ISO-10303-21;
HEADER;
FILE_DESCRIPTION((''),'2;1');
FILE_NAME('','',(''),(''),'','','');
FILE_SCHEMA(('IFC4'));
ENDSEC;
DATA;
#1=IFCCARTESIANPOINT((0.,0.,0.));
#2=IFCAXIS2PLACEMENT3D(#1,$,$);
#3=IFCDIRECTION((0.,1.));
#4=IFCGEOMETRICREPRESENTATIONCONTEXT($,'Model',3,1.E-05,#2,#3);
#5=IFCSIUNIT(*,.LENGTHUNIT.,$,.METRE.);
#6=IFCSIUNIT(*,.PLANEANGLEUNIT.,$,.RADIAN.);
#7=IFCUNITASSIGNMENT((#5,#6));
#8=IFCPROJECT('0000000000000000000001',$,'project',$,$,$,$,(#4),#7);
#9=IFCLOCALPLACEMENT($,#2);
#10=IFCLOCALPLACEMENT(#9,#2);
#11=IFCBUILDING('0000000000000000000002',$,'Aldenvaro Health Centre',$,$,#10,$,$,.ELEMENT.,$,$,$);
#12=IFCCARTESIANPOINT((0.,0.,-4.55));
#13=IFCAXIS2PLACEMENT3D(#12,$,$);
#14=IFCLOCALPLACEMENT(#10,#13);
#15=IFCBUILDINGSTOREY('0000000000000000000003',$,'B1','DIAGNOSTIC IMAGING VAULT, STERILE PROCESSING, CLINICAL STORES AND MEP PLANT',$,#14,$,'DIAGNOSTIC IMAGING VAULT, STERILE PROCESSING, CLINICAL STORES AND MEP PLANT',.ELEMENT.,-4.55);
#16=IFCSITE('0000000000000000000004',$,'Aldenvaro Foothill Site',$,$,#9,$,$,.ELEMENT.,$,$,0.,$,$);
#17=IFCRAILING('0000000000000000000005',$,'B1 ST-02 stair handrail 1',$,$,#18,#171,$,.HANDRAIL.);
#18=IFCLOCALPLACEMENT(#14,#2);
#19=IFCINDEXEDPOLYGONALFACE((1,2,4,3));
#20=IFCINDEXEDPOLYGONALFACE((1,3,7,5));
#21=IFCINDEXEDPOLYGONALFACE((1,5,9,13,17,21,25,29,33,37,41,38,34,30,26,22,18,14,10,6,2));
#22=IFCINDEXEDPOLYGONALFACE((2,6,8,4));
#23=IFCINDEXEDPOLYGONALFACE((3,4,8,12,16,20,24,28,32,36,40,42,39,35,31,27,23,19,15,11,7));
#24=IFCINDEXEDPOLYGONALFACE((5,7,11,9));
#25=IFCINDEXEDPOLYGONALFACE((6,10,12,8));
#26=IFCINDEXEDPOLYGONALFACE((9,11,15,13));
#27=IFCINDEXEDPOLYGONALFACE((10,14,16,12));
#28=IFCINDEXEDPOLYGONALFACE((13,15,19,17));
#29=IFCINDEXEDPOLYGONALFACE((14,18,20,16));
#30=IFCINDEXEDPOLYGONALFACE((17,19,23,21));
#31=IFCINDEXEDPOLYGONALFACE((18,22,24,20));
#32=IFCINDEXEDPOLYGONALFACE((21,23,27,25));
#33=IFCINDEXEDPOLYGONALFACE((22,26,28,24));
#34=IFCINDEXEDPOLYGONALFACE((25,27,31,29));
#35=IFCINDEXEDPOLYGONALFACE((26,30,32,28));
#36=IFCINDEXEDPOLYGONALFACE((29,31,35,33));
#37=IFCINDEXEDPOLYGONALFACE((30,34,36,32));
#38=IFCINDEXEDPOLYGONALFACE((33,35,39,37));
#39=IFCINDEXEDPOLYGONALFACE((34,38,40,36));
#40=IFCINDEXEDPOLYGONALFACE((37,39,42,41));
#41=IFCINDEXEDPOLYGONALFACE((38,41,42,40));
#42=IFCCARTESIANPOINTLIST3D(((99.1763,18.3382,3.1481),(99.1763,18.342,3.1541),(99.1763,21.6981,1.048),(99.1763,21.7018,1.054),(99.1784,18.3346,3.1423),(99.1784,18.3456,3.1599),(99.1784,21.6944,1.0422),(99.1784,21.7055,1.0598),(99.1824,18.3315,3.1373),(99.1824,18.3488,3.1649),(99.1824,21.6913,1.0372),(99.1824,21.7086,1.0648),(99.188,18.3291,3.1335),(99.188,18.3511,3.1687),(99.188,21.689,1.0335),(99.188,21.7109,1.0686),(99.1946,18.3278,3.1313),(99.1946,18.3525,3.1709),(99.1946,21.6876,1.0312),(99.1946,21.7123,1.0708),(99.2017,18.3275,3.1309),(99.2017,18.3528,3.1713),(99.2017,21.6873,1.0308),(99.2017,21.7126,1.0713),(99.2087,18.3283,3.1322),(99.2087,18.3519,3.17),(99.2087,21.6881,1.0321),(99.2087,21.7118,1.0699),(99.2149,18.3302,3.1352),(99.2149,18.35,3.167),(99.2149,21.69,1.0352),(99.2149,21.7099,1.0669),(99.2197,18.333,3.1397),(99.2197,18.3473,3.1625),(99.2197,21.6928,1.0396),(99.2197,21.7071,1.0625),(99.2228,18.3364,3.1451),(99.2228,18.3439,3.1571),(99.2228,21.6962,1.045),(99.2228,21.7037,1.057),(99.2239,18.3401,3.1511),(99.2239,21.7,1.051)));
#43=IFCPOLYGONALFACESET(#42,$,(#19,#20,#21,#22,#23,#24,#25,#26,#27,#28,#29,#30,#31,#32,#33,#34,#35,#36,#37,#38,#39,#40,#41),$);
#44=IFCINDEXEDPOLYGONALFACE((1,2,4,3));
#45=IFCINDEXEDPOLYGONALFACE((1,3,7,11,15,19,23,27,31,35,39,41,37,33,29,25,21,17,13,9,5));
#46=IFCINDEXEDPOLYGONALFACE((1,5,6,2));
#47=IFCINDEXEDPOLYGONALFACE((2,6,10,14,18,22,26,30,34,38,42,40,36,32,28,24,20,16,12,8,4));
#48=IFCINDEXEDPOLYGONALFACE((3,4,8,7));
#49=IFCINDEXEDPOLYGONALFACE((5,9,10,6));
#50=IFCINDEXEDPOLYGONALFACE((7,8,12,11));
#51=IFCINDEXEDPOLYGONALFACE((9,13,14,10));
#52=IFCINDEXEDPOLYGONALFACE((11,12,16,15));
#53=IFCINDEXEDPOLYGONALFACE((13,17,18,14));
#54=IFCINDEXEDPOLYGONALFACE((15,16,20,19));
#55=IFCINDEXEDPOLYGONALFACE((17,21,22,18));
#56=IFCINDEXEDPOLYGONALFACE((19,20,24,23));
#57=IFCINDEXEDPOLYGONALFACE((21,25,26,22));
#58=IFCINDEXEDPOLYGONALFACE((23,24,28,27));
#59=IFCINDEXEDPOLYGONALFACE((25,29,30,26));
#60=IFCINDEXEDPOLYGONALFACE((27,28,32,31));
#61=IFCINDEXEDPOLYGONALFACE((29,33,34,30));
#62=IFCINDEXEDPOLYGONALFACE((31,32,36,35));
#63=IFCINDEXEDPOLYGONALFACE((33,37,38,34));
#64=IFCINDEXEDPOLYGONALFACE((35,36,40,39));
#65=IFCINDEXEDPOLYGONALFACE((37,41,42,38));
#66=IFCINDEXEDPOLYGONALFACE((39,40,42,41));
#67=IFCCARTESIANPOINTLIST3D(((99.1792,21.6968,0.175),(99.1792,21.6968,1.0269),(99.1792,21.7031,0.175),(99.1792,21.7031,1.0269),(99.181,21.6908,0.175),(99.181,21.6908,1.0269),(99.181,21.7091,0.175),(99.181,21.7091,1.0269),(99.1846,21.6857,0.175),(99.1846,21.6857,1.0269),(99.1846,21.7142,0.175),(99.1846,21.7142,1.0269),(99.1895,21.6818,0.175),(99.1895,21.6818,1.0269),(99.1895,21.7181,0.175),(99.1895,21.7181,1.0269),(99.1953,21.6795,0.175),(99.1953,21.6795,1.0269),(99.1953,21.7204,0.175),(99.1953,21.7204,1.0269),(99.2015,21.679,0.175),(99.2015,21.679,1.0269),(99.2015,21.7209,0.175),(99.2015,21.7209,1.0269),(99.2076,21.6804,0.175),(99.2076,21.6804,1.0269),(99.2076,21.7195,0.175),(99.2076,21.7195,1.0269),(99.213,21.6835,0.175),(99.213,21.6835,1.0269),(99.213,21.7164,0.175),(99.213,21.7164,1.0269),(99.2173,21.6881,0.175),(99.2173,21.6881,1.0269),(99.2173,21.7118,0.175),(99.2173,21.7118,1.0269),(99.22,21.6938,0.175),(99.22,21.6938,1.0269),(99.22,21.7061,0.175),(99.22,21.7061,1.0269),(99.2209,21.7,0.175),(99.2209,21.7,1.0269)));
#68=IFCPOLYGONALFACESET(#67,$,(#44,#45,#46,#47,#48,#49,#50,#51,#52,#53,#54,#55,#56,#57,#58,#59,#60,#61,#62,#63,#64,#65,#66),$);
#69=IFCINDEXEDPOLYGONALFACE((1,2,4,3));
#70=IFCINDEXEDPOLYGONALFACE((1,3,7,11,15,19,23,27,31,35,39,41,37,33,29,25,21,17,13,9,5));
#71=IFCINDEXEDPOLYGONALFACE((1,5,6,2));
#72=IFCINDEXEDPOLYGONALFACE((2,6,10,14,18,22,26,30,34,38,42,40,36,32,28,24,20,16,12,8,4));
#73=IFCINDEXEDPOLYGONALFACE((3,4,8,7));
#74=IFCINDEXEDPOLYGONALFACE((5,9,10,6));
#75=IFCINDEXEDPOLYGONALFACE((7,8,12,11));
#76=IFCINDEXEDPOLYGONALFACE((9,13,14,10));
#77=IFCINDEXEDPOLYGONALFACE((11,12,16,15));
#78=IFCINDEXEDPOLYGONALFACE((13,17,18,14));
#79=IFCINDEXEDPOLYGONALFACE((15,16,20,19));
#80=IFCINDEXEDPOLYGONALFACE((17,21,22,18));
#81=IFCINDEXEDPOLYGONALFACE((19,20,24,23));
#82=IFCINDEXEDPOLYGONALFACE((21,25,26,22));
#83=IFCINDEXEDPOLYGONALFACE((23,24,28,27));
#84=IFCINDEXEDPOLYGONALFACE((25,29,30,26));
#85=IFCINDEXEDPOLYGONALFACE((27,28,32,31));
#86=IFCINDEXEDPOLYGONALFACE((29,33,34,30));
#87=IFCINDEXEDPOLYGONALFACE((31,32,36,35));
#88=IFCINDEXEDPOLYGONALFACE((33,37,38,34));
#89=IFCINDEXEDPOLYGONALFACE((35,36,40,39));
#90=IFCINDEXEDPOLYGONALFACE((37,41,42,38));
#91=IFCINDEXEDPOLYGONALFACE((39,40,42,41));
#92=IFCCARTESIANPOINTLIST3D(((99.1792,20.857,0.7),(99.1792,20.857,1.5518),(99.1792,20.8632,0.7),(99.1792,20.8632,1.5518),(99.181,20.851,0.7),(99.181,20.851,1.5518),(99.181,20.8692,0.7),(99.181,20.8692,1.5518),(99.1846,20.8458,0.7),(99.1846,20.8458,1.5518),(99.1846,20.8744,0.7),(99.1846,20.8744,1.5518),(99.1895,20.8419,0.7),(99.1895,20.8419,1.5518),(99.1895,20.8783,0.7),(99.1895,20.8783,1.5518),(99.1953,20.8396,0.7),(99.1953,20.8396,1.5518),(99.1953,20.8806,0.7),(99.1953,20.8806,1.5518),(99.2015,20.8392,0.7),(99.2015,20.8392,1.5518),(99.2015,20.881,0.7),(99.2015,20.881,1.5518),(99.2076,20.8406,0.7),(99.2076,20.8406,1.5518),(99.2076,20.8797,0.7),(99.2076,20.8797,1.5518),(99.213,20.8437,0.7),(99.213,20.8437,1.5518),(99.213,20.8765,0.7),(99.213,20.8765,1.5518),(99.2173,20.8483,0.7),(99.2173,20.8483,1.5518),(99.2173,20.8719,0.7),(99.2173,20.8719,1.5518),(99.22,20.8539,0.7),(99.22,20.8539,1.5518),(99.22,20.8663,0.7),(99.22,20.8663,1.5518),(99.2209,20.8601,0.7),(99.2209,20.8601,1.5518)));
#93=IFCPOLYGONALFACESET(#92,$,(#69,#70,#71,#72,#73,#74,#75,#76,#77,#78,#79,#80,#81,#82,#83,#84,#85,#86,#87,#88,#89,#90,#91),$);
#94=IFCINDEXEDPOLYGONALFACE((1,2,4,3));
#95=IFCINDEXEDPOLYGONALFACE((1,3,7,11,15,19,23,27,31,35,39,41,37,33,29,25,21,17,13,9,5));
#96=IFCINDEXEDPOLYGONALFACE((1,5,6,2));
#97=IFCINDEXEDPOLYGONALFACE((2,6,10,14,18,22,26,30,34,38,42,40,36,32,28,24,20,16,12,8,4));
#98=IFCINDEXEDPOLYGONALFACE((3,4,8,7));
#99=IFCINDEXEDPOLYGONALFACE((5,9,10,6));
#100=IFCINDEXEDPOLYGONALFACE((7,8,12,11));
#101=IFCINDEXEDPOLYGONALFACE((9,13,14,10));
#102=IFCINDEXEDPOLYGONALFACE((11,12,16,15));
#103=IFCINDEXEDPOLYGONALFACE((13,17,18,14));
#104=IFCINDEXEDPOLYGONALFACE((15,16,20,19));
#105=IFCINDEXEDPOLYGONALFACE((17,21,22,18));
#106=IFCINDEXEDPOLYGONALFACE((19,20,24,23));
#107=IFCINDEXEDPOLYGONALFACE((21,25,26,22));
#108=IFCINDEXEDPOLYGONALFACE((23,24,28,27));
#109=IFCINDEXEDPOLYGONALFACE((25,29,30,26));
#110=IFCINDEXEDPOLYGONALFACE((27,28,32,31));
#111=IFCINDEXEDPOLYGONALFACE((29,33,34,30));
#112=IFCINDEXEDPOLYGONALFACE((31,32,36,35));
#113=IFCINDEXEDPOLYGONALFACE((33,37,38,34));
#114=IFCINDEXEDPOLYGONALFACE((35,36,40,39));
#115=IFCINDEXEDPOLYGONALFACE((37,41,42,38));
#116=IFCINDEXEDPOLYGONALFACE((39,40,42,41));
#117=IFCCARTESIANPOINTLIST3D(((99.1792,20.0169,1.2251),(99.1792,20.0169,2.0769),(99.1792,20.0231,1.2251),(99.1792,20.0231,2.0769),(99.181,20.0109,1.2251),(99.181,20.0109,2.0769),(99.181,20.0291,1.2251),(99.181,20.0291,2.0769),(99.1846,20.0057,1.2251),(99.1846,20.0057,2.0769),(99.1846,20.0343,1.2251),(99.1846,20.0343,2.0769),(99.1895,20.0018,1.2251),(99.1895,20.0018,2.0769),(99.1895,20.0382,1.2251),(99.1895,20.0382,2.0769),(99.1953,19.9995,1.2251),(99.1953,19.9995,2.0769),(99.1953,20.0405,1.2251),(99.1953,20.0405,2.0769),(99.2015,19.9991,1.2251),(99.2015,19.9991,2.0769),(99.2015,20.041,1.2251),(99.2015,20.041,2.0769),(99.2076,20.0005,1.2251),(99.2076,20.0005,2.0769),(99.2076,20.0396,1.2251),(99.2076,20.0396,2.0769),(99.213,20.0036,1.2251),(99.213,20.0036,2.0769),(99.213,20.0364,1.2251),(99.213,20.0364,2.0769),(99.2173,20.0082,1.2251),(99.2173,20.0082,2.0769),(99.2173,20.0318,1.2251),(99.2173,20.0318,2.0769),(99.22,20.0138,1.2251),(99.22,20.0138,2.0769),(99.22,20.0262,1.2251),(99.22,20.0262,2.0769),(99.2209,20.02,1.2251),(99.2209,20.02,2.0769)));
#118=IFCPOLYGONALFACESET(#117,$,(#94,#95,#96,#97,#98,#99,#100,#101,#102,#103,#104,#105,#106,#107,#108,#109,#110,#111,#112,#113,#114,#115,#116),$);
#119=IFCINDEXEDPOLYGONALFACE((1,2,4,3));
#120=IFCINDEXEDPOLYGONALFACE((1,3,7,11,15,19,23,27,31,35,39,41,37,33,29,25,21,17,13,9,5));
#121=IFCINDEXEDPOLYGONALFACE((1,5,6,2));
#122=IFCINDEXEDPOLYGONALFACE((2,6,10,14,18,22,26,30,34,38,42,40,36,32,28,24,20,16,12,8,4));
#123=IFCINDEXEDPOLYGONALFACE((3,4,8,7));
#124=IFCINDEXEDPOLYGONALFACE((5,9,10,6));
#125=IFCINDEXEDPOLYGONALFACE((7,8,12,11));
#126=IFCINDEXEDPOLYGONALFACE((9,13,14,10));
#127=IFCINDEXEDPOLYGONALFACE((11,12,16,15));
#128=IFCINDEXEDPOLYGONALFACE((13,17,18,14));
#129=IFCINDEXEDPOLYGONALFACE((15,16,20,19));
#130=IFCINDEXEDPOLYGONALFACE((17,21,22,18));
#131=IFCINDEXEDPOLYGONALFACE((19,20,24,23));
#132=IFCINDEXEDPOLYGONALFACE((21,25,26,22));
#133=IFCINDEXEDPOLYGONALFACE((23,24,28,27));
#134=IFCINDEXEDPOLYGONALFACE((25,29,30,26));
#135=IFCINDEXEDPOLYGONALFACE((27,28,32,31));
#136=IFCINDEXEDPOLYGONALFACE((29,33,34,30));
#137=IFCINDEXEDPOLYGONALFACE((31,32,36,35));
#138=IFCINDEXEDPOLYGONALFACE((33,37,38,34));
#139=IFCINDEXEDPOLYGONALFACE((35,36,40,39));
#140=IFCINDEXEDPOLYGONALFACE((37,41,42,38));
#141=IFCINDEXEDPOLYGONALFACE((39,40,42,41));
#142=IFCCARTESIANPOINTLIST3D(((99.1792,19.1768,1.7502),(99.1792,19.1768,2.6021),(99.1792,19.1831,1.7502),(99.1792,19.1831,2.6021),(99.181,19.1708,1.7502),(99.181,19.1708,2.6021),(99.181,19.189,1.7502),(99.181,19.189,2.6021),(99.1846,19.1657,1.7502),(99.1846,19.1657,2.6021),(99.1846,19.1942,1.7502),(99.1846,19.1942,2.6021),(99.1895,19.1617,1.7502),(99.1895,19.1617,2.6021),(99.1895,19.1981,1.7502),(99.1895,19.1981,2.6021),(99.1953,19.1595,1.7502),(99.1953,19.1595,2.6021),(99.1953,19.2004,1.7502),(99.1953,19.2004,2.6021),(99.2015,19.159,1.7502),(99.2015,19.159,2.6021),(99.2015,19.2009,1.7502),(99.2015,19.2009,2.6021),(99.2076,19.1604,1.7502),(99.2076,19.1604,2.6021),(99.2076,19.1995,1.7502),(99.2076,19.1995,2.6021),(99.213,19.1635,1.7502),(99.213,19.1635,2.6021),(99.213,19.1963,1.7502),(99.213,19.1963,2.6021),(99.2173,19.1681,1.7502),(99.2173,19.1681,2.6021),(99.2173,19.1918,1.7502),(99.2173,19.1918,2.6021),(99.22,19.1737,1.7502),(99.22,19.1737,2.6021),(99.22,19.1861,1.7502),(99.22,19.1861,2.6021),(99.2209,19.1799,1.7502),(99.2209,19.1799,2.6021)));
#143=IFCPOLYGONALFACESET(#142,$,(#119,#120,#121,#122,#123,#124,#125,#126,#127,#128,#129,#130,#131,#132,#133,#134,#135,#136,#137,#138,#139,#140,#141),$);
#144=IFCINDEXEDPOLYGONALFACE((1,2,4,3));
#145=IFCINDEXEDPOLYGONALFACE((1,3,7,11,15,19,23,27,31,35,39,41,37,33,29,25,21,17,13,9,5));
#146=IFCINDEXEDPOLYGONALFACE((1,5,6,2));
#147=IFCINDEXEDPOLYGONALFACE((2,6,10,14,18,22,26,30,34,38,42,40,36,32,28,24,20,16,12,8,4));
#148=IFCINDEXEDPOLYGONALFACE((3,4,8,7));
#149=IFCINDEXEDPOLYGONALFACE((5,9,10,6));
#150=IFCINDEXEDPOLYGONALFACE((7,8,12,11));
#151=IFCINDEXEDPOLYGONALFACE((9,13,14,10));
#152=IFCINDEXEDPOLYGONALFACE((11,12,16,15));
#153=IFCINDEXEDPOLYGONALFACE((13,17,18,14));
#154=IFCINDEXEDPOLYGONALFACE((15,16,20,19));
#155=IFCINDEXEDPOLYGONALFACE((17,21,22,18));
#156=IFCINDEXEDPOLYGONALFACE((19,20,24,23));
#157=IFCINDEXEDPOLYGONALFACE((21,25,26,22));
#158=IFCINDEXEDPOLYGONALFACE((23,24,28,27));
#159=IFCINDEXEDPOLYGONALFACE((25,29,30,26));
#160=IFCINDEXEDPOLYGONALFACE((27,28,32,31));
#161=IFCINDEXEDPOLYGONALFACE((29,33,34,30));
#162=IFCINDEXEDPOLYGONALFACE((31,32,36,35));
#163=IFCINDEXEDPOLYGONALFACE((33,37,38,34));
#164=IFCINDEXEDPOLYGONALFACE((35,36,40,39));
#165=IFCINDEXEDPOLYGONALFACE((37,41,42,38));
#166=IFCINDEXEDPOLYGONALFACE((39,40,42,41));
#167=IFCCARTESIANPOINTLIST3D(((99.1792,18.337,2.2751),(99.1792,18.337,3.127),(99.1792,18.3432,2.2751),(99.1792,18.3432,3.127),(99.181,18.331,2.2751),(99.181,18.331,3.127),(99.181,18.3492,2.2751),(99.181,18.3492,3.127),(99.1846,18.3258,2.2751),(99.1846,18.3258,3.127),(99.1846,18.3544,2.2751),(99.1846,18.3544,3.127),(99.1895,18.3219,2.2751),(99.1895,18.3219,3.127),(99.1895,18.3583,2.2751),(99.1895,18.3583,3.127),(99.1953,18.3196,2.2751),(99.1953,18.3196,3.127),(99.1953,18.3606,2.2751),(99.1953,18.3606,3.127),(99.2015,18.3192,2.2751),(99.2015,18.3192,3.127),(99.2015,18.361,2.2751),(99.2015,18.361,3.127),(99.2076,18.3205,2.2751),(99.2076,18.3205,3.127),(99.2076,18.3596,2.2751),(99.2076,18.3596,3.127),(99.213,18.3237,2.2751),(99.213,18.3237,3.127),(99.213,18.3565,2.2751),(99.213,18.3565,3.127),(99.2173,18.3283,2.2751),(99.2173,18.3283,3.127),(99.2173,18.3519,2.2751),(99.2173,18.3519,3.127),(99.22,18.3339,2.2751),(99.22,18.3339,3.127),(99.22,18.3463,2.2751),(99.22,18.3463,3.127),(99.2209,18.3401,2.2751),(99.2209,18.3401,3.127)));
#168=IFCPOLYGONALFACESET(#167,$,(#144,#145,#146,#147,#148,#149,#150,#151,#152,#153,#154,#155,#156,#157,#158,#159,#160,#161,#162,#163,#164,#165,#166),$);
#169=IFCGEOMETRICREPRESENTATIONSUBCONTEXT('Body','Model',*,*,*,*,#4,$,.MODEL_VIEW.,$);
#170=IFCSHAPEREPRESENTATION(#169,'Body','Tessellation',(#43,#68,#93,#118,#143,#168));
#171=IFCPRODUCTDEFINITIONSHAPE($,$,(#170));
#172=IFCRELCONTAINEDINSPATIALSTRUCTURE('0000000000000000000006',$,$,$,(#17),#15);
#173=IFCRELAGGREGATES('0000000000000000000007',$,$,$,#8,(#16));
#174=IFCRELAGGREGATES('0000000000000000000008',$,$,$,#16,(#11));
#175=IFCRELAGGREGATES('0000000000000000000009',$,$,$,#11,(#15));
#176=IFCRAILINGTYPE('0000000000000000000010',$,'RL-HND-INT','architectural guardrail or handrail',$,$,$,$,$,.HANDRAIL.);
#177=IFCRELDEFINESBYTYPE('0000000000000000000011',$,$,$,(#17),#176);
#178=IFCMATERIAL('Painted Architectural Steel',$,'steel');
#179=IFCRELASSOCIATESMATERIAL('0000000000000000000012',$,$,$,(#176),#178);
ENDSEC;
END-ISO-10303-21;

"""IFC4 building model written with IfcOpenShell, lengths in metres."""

from ifc_helpers import new_model, si_unit, direction, frame, origin, origin_2d, place, context, subcontext, project, spatial, circle, extrude, material, type_object, element, save


model = new_model("IFC4")

# Units and contexts
model_context = context("Model", 3, precision=1e-05, world=origin(), true_north=direction((0.0, 1.0)))
body_context = subcontext(model_context, "Body", "Model", "MODEL_VIEW")
ifc_project = project(units=[si_unit("LENGTHUNIT", "METRE"), si_unit("PLANEANGLEUNIT", "RADIAN")], contexts=[model_context])

# Site, building, storey
site_placement = place(None, origin())
site = spatial("IfcSite", under=ifc_project, at=site_placement, Name="Aldenvaro Foothill Site", CompositionType="ELEMENT", RefElevation=0.0)
building_placement = place(site_placement, origin())
building = spatial("IfcBuilding", under=site, at=building_placement, Name="Aldenvaro Health Centre", CompositionType="ELEMENT")
storey_placement = place(building_placement, frame((0.0, 0.0, -4.55)))
storey = spatial("IfcBuildingStorey", under=building, at=storey_placement, Name="B1", Description="DIAGNOSTIC IMAGING VAULT, STERILE PROCESSING, CLINICAL STORES AND MEP PLANT", LongName="DIAGNOSTIC IMAGING VAULT, STERILE PROCESSING, CLINICAL STORES AND MEP PLANT", CompositionType="ELEMENT", Elevation=-4.55)

# Railing
ifc_material_1 = material(Name="Painted Architectural Steel", Category="steel")
railing_type_1 = type_object("IfcRailingType", Name="RL-HND-INT", Description="architectural guardrail or handrail", PredefinedType="HANDRAIL", material=ifc_material_1)
railing_1_placement = place(storey_placement, frame((99.2, 21.7, 0.175)))
element("IfcRailing", 1, at=railing_1_placement, inside=storey, type_object=railing_type_1, Name="B1 ST-02 stair handrail 1", PredefinedType="HANDRAIL", context=body_context, shape_type="SweptSolid", body=[
    extrude(circle(Radius=0.0239, at=origin_2d()), frame((0.0, 0.0, 0.876), z_axis=(0.0, -0.847978, 0.530032), x_axis=(1.0, 0.0, 0.0)), (0.0, 0.0, 1.0), 3.9622),
    extrude(circle(Radius=0.021, at=origin_2d()), origin(), (0.0, 0.0, 1.0), 0.8518),
    extrude(circle(Radius=0.021, at=origin_2d()), frame((0.0, -0.8398, 0.5249)), (0.0, 0.0, 1.0), 0.8518),
    extrude(circle(Radius=0.021, at=origin_2d()), frame((0.0, -1.6799, 1.05)), (0.0, 0.0, 1.0), 0.8518),
    extrude(circle(Radius=0.021, at=origin_2d()), frame((0.0, -2.52, 1.5752)), (0.0, 0.0, 1.0), 0.8518),
    extrude(circle(Radius=0.021, at=origin_2d()), frame((0.0, -3.3599, 2.1001)), (0.0, 0.0, 1.0), 0.8518),
])

save(model, "model.ifc")
